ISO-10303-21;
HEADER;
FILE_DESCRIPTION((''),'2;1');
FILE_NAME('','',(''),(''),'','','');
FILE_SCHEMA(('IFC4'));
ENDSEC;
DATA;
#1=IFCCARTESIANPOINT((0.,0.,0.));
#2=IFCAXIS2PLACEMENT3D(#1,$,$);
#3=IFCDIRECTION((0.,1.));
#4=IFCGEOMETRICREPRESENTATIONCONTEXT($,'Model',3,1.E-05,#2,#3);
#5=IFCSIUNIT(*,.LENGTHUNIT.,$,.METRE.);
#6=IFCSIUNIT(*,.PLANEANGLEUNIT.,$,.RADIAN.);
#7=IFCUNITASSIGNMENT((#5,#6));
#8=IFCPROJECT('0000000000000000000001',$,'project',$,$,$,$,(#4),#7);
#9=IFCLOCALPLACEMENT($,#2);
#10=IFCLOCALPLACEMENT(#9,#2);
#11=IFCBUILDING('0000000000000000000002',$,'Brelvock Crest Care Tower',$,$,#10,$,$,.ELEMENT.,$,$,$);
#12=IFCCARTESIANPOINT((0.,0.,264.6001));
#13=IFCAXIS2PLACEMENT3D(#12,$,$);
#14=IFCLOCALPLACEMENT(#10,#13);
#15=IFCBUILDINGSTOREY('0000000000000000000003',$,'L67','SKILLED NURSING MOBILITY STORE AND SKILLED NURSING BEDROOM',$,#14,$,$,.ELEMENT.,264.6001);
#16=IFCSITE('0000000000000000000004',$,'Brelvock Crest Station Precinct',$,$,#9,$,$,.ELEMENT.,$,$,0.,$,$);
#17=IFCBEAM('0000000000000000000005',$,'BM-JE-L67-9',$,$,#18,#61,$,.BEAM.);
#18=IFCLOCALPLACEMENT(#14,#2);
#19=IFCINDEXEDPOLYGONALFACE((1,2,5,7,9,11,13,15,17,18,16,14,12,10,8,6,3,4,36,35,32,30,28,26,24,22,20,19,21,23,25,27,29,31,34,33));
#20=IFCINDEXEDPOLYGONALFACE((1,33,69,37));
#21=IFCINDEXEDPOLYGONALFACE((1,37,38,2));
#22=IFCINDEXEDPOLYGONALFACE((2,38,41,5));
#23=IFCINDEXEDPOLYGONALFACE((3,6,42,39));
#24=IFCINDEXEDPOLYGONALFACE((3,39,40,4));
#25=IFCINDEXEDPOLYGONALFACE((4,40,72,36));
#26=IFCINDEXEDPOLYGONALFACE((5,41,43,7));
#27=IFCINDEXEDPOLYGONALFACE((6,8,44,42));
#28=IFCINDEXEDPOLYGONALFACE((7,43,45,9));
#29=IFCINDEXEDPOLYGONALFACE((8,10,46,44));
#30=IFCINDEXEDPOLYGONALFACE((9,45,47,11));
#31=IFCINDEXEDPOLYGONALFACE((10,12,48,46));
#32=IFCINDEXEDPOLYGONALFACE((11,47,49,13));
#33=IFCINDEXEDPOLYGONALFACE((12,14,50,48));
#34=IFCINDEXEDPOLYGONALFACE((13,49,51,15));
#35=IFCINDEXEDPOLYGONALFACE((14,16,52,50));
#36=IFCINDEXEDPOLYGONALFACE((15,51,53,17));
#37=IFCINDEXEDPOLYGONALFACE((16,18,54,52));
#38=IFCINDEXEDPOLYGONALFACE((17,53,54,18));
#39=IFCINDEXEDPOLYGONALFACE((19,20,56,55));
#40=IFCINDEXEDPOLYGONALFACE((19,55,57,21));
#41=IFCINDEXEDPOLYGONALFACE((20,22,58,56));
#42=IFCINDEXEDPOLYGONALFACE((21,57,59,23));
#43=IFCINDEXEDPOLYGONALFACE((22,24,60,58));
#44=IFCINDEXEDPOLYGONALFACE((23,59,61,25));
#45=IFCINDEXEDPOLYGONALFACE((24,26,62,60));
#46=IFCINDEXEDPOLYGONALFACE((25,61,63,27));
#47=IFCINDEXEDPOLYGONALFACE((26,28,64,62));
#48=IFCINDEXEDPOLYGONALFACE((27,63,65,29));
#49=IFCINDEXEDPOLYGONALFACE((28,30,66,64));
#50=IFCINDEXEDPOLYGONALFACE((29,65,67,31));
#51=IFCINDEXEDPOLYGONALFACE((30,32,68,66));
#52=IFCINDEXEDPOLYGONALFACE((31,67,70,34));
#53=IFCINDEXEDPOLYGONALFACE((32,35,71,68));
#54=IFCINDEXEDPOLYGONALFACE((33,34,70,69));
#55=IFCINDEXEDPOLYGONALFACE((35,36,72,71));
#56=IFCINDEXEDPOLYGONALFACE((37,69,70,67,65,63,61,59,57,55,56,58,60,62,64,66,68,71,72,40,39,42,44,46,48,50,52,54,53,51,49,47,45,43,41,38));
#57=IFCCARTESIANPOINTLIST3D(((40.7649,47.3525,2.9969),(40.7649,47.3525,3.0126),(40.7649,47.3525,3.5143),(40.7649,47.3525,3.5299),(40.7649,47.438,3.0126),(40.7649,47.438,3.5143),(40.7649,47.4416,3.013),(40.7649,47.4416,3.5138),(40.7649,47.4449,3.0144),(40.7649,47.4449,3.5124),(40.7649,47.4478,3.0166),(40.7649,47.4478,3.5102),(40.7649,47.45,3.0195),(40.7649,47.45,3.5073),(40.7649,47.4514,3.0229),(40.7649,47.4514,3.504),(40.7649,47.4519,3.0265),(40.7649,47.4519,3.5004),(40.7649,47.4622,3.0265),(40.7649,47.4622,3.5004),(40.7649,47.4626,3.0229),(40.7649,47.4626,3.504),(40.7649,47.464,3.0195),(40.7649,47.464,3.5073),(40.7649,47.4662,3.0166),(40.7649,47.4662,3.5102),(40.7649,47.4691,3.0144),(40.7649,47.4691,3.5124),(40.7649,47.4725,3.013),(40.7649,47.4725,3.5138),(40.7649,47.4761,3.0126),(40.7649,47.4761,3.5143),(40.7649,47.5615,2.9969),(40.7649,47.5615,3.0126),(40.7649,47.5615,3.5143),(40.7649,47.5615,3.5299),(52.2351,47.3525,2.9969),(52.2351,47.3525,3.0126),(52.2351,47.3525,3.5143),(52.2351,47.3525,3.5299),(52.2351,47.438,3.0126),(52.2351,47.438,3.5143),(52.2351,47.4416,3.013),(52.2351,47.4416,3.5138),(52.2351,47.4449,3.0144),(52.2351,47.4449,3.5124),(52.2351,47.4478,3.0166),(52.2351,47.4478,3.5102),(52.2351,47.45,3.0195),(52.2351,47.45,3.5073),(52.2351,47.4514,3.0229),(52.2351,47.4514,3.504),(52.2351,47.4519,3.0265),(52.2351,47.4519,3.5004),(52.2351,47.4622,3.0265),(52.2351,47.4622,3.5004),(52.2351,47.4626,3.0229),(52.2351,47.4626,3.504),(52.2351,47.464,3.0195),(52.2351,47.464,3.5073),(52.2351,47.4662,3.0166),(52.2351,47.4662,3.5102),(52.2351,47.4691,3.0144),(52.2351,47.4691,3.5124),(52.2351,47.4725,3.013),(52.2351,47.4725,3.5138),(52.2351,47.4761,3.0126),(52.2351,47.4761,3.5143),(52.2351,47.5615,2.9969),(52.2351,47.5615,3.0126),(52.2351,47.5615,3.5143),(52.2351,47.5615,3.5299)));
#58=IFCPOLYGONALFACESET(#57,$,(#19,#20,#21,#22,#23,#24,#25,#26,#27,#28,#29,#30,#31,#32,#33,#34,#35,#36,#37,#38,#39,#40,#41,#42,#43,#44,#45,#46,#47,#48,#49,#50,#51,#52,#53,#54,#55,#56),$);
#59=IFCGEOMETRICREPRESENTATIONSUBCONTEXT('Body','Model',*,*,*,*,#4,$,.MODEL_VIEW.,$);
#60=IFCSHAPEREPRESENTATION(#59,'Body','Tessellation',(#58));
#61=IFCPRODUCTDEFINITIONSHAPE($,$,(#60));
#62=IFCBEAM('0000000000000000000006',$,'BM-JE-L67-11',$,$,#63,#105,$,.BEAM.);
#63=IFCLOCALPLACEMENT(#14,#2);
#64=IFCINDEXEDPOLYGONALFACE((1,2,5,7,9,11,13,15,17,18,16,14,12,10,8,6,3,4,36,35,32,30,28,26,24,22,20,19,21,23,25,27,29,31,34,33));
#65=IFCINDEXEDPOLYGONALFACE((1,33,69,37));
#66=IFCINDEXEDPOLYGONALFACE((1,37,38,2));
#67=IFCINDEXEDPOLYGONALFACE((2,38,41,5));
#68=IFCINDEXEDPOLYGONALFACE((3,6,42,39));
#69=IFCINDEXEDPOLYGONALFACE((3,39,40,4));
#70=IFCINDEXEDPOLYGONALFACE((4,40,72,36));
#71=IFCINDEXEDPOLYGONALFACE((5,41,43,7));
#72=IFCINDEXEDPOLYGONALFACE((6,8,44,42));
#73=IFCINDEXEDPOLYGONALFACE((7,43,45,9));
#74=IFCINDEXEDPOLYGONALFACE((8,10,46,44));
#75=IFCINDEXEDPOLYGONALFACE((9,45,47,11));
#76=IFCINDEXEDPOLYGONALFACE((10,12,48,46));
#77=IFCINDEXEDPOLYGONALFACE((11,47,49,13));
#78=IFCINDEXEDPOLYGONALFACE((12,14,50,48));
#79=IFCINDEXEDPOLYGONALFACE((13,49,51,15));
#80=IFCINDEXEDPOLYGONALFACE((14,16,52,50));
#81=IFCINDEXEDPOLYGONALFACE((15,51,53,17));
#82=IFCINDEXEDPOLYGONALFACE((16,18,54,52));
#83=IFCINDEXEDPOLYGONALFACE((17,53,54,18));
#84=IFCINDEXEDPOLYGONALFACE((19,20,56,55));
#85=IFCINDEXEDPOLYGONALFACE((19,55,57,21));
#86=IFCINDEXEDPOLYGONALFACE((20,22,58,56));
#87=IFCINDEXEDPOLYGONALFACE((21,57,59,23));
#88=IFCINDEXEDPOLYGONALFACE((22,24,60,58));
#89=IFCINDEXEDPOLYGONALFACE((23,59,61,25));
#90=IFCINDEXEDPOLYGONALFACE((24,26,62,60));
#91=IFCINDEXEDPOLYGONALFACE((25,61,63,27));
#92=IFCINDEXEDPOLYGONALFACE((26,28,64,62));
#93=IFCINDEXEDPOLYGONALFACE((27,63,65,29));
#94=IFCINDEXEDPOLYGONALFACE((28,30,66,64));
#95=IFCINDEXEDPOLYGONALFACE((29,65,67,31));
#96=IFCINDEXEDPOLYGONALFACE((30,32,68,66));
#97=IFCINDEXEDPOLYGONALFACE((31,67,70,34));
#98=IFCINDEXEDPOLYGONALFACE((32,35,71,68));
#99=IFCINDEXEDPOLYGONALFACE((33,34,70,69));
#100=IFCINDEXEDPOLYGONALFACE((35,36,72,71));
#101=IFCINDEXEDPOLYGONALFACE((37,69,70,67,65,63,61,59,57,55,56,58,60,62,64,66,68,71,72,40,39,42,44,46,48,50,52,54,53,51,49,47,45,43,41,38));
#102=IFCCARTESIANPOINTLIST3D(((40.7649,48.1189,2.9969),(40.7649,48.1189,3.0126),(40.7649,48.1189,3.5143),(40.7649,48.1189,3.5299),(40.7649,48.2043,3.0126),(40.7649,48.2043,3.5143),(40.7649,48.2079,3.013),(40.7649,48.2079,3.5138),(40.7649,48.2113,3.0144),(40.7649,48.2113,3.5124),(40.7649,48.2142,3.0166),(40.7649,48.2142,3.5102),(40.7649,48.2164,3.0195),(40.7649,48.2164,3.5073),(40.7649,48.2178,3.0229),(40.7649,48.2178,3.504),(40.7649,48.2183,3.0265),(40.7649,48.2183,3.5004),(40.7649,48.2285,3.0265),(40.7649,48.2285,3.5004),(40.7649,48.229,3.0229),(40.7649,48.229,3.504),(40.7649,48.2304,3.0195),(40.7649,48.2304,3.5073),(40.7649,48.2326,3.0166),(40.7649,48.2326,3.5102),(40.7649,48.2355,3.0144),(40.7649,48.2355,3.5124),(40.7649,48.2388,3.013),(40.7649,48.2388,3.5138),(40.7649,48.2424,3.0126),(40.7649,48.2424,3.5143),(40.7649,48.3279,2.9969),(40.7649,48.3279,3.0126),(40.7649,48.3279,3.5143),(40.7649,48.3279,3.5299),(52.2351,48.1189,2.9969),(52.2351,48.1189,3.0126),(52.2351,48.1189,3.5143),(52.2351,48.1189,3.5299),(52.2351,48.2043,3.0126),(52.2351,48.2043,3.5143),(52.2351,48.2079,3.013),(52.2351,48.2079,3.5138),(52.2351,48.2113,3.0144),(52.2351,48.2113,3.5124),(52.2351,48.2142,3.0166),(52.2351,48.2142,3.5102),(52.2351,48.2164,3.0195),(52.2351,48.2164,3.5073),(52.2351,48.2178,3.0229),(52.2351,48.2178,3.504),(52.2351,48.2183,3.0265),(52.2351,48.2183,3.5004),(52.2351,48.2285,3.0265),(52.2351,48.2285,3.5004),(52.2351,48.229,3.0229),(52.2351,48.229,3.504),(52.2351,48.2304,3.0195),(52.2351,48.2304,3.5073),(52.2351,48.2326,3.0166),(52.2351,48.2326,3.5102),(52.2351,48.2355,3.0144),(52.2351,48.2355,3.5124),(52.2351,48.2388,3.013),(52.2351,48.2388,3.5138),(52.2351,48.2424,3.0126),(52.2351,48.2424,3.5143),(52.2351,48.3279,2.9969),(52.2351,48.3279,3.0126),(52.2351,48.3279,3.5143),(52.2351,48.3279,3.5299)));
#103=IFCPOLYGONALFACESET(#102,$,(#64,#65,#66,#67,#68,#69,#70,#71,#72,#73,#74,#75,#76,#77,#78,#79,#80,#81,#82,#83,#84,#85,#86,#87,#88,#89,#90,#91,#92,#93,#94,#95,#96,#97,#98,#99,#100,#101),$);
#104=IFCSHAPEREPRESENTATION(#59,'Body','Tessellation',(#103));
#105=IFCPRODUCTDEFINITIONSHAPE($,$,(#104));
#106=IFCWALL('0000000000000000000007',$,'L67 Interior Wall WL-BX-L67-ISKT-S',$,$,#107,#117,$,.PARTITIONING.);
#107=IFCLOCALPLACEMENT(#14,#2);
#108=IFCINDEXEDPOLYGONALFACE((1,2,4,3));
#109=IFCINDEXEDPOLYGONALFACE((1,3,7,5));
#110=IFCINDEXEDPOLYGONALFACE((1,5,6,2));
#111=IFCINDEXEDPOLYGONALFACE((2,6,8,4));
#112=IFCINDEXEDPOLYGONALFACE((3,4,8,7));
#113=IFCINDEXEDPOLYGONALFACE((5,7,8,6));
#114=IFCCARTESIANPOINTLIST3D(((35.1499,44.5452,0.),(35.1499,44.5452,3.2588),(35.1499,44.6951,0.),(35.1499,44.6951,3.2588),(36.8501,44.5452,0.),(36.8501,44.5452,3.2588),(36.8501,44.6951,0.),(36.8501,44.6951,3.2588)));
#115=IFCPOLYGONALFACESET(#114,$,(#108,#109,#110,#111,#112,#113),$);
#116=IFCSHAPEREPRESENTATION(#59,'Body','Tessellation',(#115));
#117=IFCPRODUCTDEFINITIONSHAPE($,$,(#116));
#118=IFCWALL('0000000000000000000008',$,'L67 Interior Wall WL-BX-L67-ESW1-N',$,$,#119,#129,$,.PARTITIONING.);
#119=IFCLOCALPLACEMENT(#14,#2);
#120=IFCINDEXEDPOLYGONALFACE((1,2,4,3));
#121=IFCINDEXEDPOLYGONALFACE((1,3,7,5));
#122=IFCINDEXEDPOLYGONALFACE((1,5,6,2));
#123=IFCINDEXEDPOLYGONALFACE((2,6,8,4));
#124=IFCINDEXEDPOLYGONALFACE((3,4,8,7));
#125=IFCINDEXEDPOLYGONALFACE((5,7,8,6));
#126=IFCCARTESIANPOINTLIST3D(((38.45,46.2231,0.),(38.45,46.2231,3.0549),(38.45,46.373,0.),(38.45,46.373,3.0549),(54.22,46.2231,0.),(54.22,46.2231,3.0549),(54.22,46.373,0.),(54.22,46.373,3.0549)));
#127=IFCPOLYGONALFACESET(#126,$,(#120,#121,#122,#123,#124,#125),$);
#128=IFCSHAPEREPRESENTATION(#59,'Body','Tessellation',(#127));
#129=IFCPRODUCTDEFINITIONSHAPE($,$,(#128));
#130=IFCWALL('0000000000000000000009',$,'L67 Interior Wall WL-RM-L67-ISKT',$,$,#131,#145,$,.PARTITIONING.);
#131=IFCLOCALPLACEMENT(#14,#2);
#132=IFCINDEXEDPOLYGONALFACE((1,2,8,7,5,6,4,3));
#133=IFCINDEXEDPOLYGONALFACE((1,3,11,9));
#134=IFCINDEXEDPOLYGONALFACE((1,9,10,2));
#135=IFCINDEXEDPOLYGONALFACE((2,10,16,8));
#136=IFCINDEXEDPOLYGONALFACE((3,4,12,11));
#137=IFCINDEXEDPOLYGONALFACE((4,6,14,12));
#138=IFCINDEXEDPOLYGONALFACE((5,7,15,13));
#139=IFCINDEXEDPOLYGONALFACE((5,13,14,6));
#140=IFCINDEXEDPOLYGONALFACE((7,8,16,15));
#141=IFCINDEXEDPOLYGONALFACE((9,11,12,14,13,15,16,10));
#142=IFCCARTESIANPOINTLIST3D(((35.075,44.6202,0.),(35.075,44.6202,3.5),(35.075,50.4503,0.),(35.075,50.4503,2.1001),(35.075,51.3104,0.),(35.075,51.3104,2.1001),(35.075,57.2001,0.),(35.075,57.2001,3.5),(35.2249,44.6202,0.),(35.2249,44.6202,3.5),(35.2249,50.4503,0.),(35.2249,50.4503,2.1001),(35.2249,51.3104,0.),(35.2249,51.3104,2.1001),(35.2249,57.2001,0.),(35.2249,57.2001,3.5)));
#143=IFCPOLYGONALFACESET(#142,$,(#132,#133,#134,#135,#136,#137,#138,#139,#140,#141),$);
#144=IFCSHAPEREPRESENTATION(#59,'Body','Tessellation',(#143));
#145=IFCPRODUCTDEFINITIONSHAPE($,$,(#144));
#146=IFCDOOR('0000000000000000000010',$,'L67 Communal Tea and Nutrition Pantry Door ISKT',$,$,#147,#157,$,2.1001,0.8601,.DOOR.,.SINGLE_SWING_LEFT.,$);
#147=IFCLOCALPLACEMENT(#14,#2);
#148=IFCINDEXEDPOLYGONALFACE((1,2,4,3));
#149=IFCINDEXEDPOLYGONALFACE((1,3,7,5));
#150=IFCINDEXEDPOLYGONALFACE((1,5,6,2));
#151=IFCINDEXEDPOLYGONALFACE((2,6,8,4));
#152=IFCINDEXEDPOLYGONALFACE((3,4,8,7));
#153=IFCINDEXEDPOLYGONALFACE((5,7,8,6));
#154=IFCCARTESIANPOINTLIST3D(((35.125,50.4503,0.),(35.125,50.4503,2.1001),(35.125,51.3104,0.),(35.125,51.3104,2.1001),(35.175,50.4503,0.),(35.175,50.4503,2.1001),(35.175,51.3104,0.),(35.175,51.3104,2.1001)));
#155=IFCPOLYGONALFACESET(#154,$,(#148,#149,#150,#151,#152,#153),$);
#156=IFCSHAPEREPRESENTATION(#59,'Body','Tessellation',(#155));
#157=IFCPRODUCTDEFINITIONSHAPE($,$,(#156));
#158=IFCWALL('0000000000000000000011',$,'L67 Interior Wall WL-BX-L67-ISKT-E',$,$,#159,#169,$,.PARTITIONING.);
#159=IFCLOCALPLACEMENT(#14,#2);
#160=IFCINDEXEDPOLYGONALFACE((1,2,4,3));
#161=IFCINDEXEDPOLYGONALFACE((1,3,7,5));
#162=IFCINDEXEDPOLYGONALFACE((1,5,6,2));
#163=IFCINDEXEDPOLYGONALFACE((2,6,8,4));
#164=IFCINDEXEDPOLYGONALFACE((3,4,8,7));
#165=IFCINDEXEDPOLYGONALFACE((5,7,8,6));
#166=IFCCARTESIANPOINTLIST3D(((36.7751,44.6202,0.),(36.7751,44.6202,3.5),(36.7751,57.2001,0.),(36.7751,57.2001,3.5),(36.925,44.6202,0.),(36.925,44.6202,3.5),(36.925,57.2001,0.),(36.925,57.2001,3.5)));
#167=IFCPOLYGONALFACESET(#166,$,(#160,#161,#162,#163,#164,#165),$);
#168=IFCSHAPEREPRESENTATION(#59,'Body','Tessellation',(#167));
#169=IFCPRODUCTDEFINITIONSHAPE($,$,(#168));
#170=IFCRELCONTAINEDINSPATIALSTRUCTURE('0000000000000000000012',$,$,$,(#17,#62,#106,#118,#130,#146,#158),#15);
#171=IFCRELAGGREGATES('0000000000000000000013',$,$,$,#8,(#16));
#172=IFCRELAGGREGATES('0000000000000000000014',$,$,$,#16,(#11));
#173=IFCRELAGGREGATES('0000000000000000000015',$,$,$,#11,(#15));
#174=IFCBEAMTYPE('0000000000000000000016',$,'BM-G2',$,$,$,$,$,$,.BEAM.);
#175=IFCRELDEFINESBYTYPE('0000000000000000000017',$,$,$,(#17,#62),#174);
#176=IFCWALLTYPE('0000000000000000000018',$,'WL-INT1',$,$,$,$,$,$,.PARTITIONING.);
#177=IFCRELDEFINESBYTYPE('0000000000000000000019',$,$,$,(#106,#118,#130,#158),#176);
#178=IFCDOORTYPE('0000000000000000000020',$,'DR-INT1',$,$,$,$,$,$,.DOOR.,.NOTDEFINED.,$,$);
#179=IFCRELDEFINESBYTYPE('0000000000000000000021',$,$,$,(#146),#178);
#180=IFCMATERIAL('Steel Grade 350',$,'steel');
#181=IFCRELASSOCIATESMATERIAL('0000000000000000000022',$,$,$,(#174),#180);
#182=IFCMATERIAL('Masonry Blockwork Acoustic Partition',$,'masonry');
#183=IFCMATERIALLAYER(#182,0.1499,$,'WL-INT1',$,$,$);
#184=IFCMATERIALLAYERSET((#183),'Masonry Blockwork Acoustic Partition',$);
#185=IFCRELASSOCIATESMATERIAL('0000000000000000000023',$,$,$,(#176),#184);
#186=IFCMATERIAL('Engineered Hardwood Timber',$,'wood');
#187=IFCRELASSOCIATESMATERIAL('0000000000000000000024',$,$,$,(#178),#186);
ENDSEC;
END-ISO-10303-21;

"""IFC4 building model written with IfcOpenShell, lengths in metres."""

from ifc_helpers import new_model, si_unit, direction, frame, frame_2d, origin, origin_2d, place, context, subcontext, project, spatial, rectangle, i_section, extrude, source, transform, mapped, material, layer, layer_set, material_profile, profile_set, type_object, element, fill, save


model = new_model("IFC4")

# Units and contexts
model_context = context("Model", 3, precision=1e-05, world=origin(), true_north=direction((0.0, 1.0)))
body_context = subcontext(model_context, "Body", "Model", "MODEL_VIEW")
ifc_project = project(units=[si_unit("LENGTHUNIT", "METRE"), si_unit("PLANEANGLEUNIT", "RADIAN")], contexts=[model_context])

# Site, building, storey
site_placement = place(None, origin())
site = spatial("IfcSite", under=ifc_project, at=site_placement, Name="Brelvock Crest Station Precinct", CompositionType="ELEMENT", RefElevation=0.0)
building_placement = place(site_placement, origin())
building = spatial("IfcBuilding", under=site, at=building_placement, Name="Brelvock Crest Care Tower", CompositionType="ELEMENT")
storey_placement = place(building_placement, frame((0.0, 0.0, 264.6001)))
storey = spatial("IfcBuildingStorey", under=building, at=storey_placement, Name="L67", Description="SKILLED NURSING MOBILITY STORE AND SKILLED NURSING BEDROOM", CompositionType="ELEMENT", Elevation=264.6001)

# Beams
ifc_material_1 = material(Name="Steel Grade 350", Category="steel")
ifc_material_profile_1 = material_profile(ifc_material_1, i_section(OverallWidth=0.209, OverallDepth=0.533, WebThickness=0.0103, FlangeThickness=0.0156, FilletRadius=0.0139, at=origin_2d()), Name="530UB92.4")
ifc_profile_set_1 = profile_set([ifc_material_profile_1], Name="Steel Grade 350")
beam_type_1 = type_object("IfcBeamType", Name="BM-G2", PredefinedType="BEAM", material=ifc_profile_set_1)
shared_shape_1 = source(origin(), body_context, "Body", "SweptSolid", [
    extrude(i_section(OverallWidth=0.209, OverallDepth=0.533, WebThickness=0.0103, FlangeThickness=0.0156, FilletRadius=0.0139, at=origin_2d()), origin(), (0.0, 0.0, 1.0), 11.4702),
])
for number, where, z_axis, x_axis, name in (
    (1, (40.7649, 47.457, 3.2634), (1.0, 0.0, 0.0), (0.0, 1.0, 0.0), "BM-JE-L67-9"),
    (2, (40.7649, 48.2234, 3.2634), (1.0, 0.0, 0.0), (0.0, 1.0, 0.0), "BM-JE-L67-11"),
):
    element("IfcBeam", number, at=place(storey_placement, frame(where, z_axis=z_axis, x_axis=x_axis)), inside=storey, type_object=beam_type_1, Name=name, PredefinedType="BEAM", context=body_context, shape_type="MappedRepresentation", body=[
        mapped(shared_shape_1, transform((0.0, 0.0, 0.0), x_axis=(1.0, 0.0, 0.0), y_axis=(0.0, 1.0, 0.0), z_axis=(0.0, 0.0, 1.0), scale=1.0)),
    ])

# Walls
ifc_material_2 = material(Name="Masonry Blockwork Acoustic Partition", Category="masonry")
ifc_layer_1 = layer(ifc_material_2, 0.1499, Name="WL-INT1")
ifc_layer_set_1 = layer_set([ifc_layer_1], Name="Masonry Blockwork Acoustic Partition")
wall_type_1 = type_object("IfcWallType", Name="WL-INT1", PredefinedType="PARTITIONING", material=ifc_layer_set_1)
wall_1_placement = place(storey_placement, frame((35.1499, 44.6201, 0.0), z_axis=(0.0, 0.0, 1.0), x_axis=(1.0, 0.0, 0.0)))
element("IfcWall", 3, at=wall_1_placement, inside=storey, type_object=wall_type_1, Name="L67 Interior Wall WL-BX-L67-ISKT-S", PredefinedType="PARTITIONING", context=body_context, shape_type="SweptSolid", body=[
    extrude(rectangle(XDim=1.7002, YDim=0.1499, at=frame_2d((0.8501, 0.0))), origin(), (0.0, 0.0, 1.0), 3.2588),
])
wall_2_placement = place(storey_placement, frame((38.45, 46.2981, 0.0), z_axis=(0.0, 0.0, 1.0), x_axis=(1.0, 0.0, 0.0)))
element("IfcWall", 4, at=wall_2_placement, inside=storey, type_object=wall_type_1, Name="L67 Interior Wall WL-BX-L67-ESW1-N", PredefinedType="PARTITIONING", context=body_context, shape_type="SweptSolid", body=[
    extrude(rectangle(XDim=15.77, YDim=0.1499, at=frame_2d((7.885, 0.0))), origin(), (0.0, 0.0, 1.0), 3.0549),
])

# Wall, opening, door
wall_3_placement = place(storey_placement, frame((35.1499, 44.6201, 0.0), z_axis=(0.0, 0.0, 1.0), x_axis=(0.0, 1.0, 0.0)))
wall_3 = element("IfcWall", 5, at=wall_3_placement, inside=storey, type_object=wall_type_1, Name="L67 Interior Wall WL-RM-L67-ISKT", PredefinedType="PARTITIONING", context=body_context, shape_type="SweptSolid", body=[
    extrude(rectangle(XDim=12.5798, YDim=0.1499, at=frame_2d((6.29, 0.0))), origin(), (0.0, 0.0, 1.0), 3.5),
])
opening_1_placement = place(wall_3_placement, frame((5.8301, 0.0, 0.0)))
opening_1 = element("IfcOpeningElement", 6, at=opening_1_placement, cuts=wall_3, PredefinedType="OPENING", context=body_context, shape_type="SweptSolid", body=[
    extrude(rectangle(XDim=0.8601, YDim=2.1001, at=origin_2d()), frame((0.4302, 0.085, 1.05), z_axis=(0.0, -1.0, 0.0), x_axis=(1.0, 0.0, 0.0)), (0.0, 0.0, 1.0), 0.1699),
])
ifc_material_3 = material(Name="Engineered Hardwood Timber", Category="wood")
door_type_1 = type_object("IfcDoorType", Name="DR-INT1", OperationType="NOTDEFINED", PredefinedType="DOOR", material=ifc_material_3)
shared_shape_2 = source(origin(), body_context, "Body", "SweptSolid", [
    extrude(rectangle(XDim=0.8601, YDim=2.1001, at=origin_2d()), frame((0.4302, 0.0249, 1.05), z_axis=(0.0, -1.0, 0.0), x_axis=(1.0, 0.0, 0.0)), (0.0, 0.0, 1.0), 0.05),
])
door_1_placement = place(opening_1_placement, origin())
door_1 = element("IfcDoor", 7, at=door_1_placement, inside=storey, type_object=door_type_1, Name="L67 Communal Tea and Nutrition Pantry Door ISKT", OperationType="SINGLE_SWING_LEFT", OverallHeight=2.1001, OverallWidth=0.8601, PredefinedType="DOOR", context=body_context, shape_type="MappedRepresentation", body=[
    mapped(shared_shape_2, transform((0.0, 0.0, 0.0), x_axis=(1.0, 0.0, 0.0), y_axis=(0.0, 1.0, 0.0), z_axis=(0.0, 0.0, 1.0), scale=1.0)),
])
fill(opening_1, door_1)

# Wall
wall_4_placement = place(storey_placement, frame((36.8501, 44.6201, 0.0), z_axis=(0.0, 0.0, 1.0), x_axis=(0.0, 1.0, 0.0)))
element("IfcWall", 8, at=wall_4_placement, inside=storey, type_object=wall_type_1, Name="L67 Interior Wall WL-BX-L67-ISKT-E", PredefinedType="PARTITIONING", context=body_context, shape_type="SweptSolid", body=[
    extrude(rectangle(XDim=12.5798, YDim=0.1499, at=frame_2d((6.29, 0.0))), origin(), (0.0, 0.0, 1.0), 3.5),
])

save(model, "model.ifc")
